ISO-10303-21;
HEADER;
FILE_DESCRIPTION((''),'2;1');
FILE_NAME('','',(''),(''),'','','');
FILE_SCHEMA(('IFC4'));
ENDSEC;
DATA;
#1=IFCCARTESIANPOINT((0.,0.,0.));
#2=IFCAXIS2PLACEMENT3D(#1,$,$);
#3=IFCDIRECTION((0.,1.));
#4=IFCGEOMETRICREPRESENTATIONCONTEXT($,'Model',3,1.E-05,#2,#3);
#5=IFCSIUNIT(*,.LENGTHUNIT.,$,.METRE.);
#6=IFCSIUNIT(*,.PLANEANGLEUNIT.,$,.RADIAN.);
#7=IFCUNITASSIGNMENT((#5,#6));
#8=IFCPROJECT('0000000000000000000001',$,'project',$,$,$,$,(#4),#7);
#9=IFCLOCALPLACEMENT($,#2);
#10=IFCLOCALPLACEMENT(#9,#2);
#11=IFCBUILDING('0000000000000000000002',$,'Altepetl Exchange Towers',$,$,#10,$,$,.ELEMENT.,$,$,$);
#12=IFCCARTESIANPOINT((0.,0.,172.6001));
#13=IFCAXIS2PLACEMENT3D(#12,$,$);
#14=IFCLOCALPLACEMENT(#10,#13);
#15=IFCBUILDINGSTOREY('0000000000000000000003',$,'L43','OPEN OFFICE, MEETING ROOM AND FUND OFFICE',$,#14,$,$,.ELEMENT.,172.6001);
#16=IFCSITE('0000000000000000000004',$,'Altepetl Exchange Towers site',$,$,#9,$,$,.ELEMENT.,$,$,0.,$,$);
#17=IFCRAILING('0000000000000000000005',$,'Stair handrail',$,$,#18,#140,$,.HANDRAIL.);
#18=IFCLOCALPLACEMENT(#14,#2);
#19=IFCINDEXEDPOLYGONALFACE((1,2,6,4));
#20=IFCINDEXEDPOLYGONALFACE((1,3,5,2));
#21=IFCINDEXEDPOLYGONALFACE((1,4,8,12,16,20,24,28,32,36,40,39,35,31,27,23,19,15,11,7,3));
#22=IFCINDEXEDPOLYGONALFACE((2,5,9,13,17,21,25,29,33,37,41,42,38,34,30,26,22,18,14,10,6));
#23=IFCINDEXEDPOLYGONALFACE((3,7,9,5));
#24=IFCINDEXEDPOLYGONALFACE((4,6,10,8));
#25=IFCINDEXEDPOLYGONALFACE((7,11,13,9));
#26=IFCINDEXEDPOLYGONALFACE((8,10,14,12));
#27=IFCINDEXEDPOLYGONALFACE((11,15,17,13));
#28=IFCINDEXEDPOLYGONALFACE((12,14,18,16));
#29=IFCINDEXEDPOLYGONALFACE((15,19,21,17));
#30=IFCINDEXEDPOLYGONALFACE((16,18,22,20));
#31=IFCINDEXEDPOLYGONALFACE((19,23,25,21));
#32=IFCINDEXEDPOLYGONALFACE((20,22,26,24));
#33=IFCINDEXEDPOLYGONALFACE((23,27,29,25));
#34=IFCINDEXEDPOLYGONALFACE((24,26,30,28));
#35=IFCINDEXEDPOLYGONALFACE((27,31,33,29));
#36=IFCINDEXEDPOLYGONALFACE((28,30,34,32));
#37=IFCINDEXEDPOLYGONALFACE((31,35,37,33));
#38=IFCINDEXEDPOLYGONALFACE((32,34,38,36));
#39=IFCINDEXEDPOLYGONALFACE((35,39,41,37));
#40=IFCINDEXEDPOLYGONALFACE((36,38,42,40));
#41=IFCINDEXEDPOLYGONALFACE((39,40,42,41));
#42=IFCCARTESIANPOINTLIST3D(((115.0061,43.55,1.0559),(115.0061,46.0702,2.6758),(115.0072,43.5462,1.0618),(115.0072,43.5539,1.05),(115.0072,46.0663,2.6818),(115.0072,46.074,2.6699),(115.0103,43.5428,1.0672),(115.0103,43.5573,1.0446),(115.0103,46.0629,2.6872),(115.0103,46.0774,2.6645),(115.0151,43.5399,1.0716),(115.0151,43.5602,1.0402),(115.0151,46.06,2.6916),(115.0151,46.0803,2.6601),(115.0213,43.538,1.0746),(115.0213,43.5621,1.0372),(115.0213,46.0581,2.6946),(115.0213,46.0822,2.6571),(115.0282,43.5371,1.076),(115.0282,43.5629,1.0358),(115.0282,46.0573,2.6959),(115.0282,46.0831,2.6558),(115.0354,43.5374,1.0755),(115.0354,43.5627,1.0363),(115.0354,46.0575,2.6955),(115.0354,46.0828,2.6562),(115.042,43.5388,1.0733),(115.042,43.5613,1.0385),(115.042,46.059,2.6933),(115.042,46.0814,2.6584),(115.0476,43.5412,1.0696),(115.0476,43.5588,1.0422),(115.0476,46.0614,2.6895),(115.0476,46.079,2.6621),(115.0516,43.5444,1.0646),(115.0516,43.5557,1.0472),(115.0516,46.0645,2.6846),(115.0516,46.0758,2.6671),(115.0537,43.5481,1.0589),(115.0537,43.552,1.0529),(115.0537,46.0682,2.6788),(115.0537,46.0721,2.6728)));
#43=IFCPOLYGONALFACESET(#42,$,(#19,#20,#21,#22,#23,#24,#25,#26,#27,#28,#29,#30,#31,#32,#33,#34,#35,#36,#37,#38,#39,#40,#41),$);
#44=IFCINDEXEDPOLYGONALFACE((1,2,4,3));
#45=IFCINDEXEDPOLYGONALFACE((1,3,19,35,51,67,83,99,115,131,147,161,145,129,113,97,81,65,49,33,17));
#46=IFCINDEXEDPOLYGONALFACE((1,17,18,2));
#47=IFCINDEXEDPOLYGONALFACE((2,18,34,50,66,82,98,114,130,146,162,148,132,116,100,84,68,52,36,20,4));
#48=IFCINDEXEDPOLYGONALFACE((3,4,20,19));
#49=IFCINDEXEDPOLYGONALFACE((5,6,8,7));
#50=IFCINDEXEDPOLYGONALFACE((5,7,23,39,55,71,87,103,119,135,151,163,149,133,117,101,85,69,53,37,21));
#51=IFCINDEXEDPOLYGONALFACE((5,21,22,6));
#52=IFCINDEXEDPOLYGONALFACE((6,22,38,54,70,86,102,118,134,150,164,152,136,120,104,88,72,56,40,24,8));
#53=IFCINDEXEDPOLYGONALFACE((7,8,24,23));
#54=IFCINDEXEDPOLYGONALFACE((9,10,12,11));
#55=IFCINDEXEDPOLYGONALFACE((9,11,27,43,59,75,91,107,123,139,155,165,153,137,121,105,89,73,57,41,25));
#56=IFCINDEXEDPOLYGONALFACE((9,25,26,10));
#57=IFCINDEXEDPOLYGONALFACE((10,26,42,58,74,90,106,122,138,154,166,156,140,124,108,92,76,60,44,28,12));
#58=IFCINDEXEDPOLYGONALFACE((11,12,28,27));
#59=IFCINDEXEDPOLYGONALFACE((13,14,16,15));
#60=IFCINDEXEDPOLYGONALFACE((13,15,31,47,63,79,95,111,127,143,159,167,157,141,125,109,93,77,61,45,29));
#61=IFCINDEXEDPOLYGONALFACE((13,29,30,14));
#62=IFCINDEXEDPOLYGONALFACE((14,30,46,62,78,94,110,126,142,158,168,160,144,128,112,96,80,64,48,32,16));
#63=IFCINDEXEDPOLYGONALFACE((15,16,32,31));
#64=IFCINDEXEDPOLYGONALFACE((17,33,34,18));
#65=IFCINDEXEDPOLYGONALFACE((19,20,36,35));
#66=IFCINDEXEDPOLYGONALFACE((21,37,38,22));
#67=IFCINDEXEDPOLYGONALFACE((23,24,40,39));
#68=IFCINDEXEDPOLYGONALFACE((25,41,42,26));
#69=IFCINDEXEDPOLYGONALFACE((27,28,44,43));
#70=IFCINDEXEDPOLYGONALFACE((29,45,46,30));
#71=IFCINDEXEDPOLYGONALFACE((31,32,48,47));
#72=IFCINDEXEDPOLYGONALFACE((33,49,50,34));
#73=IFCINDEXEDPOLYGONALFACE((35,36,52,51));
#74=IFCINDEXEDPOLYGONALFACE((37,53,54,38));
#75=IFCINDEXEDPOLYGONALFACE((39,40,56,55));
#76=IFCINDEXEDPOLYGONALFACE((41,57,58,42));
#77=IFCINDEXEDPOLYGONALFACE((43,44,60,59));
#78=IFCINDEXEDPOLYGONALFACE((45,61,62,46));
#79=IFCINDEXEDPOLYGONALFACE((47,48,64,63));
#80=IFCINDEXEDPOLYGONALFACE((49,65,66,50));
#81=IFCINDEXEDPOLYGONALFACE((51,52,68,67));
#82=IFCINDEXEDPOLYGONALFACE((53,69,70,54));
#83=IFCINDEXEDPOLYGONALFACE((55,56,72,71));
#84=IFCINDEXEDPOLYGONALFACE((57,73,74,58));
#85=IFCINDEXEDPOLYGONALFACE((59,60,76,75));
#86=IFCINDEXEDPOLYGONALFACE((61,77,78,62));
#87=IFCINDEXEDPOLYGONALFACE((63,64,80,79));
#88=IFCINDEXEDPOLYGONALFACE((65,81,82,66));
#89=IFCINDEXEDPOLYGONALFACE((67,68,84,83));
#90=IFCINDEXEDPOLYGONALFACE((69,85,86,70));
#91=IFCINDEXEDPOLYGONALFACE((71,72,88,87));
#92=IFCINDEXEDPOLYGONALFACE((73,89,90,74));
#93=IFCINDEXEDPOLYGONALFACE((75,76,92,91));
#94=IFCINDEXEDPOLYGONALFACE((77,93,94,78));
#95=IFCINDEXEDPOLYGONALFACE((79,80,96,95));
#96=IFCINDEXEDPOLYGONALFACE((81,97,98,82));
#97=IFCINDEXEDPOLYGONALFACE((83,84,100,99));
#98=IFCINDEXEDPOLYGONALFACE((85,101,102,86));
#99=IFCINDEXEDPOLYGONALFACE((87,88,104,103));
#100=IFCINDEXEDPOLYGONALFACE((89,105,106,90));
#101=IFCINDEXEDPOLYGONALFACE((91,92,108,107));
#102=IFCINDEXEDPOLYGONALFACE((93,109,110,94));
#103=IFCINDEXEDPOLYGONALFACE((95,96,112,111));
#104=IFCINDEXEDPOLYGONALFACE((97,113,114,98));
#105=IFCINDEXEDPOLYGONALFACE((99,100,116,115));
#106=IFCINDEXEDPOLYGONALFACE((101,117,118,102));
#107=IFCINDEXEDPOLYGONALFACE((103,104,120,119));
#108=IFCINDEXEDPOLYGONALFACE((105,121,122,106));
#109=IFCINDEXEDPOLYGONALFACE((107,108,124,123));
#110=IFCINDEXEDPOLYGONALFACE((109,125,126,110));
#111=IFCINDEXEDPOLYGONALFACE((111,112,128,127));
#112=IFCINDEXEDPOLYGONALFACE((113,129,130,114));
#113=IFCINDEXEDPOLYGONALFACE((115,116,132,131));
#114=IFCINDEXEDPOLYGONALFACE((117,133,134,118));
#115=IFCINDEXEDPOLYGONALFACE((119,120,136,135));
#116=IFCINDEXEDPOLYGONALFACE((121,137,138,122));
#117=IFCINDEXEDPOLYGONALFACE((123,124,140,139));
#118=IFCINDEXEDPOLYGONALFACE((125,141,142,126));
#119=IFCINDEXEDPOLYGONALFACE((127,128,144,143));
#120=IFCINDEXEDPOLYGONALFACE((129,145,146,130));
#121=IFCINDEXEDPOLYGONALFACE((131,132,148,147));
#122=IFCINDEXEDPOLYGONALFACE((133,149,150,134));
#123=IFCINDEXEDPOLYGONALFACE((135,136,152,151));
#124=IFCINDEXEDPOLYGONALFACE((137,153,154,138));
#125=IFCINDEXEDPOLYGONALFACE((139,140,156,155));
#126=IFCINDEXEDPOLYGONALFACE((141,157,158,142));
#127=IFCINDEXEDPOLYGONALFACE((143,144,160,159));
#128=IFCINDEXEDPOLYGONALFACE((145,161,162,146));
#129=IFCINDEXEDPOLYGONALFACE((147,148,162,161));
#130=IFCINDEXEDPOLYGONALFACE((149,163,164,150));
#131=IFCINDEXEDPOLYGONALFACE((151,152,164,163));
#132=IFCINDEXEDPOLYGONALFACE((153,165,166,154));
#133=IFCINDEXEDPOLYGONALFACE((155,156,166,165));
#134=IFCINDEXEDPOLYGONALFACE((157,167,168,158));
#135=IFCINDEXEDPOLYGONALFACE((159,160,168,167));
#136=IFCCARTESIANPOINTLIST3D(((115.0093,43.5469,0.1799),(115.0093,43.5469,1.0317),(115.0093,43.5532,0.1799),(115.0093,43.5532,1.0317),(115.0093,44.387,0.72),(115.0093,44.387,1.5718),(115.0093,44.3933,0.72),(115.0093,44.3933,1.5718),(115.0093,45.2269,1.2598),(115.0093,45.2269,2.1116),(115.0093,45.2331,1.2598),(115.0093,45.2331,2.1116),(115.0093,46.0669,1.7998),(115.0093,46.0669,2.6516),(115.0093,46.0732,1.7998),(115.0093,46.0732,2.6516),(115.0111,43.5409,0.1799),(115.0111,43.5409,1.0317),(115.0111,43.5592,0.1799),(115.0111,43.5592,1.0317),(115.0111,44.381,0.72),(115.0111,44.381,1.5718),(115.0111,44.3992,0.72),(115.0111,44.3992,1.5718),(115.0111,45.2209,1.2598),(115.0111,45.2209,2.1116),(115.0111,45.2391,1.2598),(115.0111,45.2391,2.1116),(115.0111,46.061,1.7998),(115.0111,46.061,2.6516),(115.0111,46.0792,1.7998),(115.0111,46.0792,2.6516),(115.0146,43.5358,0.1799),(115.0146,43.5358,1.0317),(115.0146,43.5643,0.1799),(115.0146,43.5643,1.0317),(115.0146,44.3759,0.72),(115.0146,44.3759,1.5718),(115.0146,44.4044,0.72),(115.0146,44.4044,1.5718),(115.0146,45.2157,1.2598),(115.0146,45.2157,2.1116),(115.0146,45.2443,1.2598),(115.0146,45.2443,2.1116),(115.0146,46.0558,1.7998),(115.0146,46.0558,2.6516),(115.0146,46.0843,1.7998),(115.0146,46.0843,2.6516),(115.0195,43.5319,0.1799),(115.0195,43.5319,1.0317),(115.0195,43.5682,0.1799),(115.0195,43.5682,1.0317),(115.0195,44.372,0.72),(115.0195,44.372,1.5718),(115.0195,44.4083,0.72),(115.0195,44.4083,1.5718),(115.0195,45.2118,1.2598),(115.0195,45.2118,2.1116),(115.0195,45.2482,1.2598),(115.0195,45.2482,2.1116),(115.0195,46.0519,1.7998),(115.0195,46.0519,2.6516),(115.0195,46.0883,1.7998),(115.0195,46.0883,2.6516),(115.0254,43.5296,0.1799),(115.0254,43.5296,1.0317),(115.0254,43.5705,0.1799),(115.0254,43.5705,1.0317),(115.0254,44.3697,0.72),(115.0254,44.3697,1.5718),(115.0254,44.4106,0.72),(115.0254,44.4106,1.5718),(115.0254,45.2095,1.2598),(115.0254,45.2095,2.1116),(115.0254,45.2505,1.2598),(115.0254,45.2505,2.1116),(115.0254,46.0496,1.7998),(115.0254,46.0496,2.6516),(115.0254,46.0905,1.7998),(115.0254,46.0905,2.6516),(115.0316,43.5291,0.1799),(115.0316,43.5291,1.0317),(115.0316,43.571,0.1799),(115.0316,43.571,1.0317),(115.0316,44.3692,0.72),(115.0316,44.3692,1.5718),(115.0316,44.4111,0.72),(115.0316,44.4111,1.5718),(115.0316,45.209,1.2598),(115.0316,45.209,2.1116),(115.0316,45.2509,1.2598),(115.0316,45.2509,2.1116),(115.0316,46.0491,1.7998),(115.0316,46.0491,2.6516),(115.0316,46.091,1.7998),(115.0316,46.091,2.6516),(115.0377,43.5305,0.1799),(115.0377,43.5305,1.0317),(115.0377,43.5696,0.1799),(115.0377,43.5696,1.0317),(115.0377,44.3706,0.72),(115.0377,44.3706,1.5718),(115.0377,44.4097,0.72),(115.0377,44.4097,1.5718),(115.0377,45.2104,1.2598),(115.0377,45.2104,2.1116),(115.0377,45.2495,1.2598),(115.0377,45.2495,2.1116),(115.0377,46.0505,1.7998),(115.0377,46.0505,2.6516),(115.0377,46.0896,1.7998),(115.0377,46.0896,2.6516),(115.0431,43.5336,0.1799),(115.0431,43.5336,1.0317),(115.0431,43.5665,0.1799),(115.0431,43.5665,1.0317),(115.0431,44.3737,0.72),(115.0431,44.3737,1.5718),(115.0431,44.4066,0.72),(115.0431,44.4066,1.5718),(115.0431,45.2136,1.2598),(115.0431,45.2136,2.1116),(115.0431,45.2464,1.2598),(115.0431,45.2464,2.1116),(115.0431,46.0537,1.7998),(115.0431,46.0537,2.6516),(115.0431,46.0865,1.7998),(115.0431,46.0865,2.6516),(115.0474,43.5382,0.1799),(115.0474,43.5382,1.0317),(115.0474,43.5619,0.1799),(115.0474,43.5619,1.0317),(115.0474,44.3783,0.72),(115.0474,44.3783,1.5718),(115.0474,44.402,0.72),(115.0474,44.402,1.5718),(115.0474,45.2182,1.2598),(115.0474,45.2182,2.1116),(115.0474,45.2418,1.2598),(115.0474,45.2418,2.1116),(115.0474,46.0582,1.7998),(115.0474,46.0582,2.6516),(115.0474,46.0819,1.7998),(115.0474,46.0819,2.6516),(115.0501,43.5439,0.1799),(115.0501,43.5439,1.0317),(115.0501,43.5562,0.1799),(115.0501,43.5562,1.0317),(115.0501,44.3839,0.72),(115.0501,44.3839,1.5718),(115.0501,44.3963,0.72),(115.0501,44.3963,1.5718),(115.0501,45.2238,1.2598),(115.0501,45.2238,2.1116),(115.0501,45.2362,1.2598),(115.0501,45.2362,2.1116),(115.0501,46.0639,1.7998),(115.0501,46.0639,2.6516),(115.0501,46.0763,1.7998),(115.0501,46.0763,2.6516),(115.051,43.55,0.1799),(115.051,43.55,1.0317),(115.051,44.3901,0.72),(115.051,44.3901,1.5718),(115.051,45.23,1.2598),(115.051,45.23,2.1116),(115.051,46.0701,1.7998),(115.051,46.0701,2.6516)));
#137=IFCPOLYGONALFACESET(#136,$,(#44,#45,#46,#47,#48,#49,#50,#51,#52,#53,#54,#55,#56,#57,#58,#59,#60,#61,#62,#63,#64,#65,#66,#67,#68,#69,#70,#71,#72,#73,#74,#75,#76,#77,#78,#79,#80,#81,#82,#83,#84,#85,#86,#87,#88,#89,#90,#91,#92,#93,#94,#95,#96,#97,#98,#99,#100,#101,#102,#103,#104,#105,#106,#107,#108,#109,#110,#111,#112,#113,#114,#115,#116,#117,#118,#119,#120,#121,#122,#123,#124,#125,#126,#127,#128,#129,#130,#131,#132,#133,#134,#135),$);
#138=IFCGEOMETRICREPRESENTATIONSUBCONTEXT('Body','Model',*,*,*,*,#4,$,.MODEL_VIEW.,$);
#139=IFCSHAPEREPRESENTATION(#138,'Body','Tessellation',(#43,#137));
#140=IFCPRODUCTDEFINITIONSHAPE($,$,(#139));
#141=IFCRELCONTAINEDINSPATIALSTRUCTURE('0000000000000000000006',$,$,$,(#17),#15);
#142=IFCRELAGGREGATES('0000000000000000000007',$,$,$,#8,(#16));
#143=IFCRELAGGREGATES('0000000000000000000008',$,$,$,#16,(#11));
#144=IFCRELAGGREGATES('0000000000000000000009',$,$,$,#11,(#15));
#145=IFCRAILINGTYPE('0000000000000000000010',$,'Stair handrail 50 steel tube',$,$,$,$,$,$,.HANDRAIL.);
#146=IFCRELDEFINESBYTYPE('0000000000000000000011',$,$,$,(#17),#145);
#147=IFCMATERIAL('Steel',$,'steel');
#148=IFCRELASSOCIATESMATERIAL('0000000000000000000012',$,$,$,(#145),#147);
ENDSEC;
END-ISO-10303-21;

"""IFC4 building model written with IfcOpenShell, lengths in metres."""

from ifc_helpers import new_model, si_unit, direction, frame, origin, origin_2d, place, context, subcontext, project, spatial, circle, extrude, source, transform, mapped, material, type_object, element, save


model = new_model("IFC4")

# Units and contexts
model_context = context("Model", 3, precision=1e-05, world=origin(), true_north=direction((0.0, 1.0)))
body_context = subcontext(model_context, "Body", "Model", "MODEL_VIEW")
ifc_project = project(units=[si_unit("LENGTHUNIT", "METRE"), si_unit("PLANEANGLEUNIT", "RADIAN")], contexts=[model_context])

# Site, building, storey
site_placement = place(None, origin())
site = spatial("IfcSite", under=ifc_project, at=site_placement, Name="Altepetl Exchange Towers site", CompositionType="ELEMENT", RefElevation=0.0)
building_placement = place(site_placement, origin())
building = spatial("IfcBuilding", under=site, at=building_placement, Name="Altepetl Exchange Towers", CompositionType="ELEMENT")
storey_placement = place(building_placement, frame((0.0, 0.0, 172.6001)))
storey = spatial("IfcBuildingStorey", under=building, at=storey_placement, Name="L43", Description="OPEN OFFICE, MEETING ROOM AND FUND OFFICE", CompositionType="ELEMENT", Elevation=172.6001)

# Railing
ifc_material_1 = material(Name="Steel", Category="steel")
railing_type = type_object("IfcRailingType", Name="Stair handrail 50 steel tube", PredefinedType="HANDRAIL", material=ifc_material_1)
shared_shape = source(origin(), body_context, "Body", "SweptSolid", [
    extrude(circle(Radius=0.021, at=origin_2d()), origin(), (0.0, 0.0, 1.0), 0.8518),
])
railing_1_placement = place(storey_placement, frame((115.03, 43.55, 0.1799)))
element("IfcRailing", 1, at=railing_1_placement, inside=storey, type_object=railing_type, Name="Stair handrail", PredefinedType="HANDRAIL", context=body_context, shape_type="SweptSolid", body=[
    extrude(circle(Radius=0.0239, at=origin_2d()), frame((0.0, 0.0, 0.876), z_axis=(0.0, 0.8412, 0.540725), x_axis=(-1.0, 0.0, 0.0)), (0.0, 0.0, 1.0), 2.9958),
    mapped(shared_shape, transform((0.0, 0.0, 0.0))),
    mapped(shared_shape, transform((0.0, 0.8401, 0.54))),
    mapped(shared_shape, transform((0.0, 1.6799, 1.0798))),
    mapped(shared_shape, transform((0.0, 2.52, 1.6199))),
])

save(model, "model.ifc")
